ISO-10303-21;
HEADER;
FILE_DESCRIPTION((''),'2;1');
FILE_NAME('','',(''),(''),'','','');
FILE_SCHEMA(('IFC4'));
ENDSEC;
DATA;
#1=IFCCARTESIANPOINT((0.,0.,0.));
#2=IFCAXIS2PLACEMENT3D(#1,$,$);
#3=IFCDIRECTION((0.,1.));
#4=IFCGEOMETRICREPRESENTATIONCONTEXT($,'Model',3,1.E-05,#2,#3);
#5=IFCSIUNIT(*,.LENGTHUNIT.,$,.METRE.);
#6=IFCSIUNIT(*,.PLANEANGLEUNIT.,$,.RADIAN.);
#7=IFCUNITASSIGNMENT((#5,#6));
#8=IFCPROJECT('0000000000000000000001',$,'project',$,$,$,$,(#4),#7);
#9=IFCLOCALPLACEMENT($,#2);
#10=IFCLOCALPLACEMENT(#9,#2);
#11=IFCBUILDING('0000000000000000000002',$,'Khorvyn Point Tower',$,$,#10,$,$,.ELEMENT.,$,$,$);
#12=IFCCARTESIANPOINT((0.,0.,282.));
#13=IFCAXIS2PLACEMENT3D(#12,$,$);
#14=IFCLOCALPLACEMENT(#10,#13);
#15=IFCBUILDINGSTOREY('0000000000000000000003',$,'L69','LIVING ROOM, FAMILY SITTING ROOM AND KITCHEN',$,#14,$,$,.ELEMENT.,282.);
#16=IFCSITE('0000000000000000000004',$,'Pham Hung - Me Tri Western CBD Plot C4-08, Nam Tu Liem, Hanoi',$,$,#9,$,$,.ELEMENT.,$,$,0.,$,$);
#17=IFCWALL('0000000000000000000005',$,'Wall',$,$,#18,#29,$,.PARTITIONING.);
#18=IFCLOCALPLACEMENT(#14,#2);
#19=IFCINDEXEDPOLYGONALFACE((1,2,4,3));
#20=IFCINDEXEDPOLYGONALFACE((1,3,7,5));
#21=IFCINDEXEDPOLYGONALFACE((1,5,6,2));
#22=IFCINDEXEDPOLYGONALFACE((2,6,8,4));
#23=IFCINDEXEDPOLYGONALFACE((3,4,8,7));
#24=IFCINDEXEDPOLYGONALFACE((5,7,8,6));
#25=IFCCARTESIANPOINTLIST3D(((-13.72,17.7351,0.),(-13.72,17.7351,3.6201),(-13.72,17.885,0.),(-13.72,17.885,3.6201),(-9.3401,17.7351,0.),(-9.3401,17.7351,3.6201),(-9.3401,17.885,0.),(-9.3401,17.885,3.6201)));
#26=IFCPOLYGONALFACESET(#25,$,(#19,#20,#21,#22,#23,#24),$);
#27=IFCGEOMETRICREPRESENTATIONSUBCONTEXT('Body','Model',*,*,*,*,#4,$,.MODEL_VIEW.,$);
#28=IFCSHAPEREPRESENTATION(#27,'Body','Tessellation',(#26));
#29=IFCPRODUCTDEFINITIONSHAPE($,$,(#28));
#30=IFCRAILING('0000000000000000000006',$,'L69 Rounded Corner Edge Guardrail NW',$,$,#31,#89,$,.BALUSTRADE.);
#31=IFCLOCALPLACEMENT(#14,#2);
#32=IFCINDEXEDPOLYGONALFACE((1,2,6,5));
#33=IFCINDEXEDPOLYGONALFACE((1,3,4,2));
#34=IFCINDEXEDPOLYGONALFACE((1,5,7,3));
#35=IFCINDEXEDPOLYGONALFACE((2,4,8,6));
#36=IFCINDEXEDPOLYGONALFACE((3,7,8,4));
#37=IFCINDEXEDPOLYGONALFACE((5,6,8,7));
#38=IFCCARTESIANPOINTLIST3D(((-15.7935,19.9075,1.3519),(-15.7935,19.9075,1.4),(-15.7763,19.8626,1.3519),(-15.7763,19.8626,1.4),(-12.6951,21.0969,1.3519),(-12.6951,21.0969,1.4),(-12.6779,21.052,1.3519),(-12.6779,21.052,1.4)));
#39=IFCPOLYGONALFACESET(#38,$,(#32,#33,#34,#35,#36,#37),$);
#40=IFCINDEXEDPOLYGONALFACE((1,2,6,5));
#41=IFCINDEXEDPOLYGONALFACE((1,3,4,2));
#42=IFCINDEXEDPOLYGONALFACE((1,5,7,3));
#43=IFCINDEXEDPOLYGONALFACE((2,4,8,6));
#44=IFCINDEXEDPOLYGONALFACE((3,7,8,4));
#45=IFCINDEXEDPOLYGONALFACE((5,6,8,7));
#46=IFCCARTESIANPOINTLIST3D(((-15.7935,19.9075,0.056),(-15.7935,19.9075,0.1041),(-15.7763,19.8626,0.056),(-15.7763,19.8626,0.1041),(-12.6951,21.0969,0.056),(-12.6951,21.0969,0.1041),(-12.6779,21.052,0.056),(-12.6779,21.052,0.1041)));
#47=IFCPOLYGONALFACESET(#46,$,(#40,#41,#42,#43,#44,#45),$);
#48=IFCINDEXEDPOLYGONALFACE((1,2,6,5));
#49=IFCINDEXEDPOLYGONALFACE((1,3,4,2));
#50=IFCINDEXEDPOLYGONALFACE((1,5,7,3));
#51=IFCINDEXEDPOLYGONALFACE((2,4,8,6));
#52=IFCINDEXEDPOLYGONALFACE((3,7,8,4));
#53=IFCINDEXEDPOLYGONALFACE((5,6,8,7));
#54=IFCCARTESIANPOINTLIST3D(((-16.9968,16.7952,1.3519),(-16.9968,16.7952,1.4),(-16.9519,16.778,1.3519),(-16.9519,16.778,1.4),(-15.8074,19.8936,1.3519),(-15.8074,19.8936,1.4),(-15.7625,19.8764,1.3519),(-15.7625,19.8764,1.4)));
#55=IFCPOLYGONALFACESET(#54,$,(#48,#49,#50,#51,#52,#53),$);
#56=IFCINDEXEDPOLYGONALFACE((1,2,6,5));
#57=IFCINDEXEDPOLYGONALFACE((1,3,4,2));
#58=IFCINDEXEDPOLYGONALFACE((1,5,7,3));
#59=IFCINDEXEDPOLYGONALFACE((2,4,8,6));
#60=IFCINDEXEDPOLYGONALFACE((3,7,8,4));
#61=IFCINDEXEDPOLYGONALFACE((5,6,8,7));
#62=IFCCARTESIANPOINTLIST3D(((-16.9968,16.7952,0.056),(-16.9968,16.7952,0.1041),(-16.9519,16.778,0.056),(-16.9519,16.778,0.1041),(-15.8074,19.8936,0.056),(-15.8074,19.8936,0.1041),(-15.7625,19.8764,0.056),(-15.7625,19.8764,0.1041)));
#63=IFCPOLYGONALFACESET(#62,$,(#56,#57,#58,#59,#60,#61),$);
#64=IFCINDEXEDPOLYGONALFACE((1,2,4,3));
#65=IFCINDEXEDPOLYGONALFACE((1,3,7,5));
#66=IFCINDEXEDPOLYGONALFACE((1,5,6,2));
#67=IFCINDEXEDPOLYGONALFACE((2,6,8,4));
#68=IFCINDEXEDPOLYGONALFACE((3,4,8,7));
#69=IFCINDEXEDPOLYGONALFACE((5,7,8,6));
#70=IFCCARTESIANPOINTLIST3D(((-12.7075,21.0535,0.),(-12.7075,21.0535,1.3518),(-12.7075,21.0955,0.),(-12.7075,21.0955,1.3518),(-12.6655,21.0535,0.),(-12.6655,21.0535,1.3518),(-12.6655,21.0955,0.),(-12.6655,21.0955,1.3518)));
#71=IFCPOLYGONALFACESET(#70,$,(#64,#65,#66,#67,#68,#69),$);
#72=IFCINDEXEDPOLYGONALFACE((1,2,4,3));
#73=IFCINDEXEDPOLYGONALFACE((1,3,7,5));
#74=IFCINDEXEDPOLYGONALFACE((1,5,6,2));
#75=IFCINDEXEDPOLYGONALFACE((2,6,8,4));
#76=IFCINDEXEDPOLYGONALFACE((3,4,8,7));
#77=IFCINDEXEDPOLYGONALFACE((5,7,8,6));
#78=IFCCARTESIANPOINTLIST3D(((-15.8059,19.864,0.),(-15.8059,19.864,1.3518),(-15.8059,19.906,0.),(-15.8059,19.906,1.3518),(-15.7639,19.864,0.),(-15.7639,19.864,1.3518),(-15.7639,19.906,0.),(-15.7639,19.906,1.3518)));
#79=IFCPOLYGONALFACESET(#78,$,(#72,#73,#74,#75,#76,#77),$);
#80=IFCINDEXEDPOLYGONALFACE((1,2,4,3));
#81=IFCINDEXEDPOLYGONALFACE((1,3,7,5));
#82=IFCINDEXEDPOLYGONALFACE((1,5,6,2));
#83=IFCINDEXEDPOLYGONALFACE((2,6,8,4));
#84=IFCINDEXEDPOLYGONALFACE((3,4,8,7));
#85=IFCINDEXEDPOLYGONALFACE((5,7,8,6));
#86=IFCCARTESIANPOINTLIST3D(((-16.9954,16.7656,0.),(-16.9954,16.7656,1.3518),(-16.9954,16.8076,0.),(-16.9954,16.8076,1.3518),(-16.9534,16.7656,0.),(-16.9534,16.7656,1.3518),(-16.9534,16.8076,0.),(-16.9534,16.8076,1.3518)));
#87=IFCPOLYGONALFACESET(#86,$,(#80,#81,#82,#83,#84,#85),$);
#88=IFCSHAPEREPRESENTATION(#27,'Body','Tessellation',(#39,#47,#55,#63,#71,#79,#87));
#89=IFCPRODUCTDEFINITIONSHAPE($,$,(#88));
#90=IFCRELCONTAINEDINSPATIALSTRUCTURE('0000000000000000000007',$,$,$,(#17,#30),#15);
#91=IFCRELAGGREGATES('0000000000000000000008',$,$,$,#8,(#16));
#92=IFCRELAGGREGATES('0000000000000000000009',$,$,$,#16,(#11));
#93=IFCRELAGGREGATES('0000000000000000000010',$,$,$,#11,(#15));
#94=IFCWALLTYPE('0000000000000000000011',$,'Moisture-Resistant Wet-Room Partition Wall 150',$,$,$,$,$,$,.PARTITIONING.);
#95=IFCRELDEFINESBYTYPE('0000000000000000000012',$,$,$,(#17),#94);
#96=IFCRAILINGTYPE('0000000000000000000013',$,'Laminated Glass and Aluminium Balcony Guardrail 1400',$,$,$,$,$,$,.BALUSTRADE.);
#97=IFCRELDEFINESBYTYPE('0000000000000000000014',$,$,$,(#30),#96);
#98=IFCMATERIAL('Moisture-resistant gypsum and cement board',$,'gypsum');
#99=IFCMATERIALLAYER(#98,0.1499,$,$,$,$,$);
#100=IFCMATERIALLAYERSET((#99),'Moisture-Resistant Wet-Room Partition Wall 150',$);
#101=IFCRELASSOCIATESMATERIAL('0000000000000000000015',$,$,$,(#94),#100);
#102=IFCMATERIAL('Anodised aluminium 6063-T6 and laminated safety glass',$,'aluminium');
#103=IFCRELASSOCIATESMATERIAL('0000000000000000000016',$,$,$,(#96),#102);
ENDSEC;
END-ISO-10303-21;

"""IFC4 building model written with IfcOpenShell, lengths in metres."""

from ifc_helpers import new_model, si_unit, direction, frame, frame_2d, origin, origin_2d, place, context, subcontext, project, spatial, rectangle, extrude, material, layer, layer_set, type_object, element, save


model = new_model("IFC4")

# Units and contexts
model_context = context("Model", 3, precision=1e-05, world=origin(), true_north=direction((0.0, 1.0)))
body_context = subcontext(model_context, "Body", "Model", "MODEL_VIEW")
ifc_project = project(units=[si_unit("LENGTHUNIT", "METRE"), si_unit("PLANEANGLEUNIT", "RADIAN")], contexts=[model_context])

# Site, building, storey
site_placement = place(None, origin())
site = spatial("IfcSite", under=ifc_project, at=site_placement, Name="Pham Hung - Me Tri Western CBD Plot C4-08, Nam Tu Liem, Hanoi", CompositionType="ELEMENT", RefElevation=0.0)
building_placement = place(site_placement, origin())
building = spatial("IfcBuilding", under=site, at=building_placement, Name="Khorvyn Point Tower", CompositionType="ELEMENT")
storey_placement = place(building_placement, frame((0.0, 0.0, 282.0)))
storey = spatial("IfcBuildingStorey", under=building, at=storey_placement, Name="L69", Description="LIVING ROOM, FAMILY SITTING ROOM AND KITCHEN", CompositionType="ELEMENT", Elevation=282.0)

# Shared definitions
ifc_material_1 = material(Name="Moisture-resistant gypsum and cement board", Category="gypsum")
ifc_layer_1 = layer(ifc_material_1, 0.1499)
ifc_layer_set_1 = layer_set([ifc_layer_1], Name="Moisture-Resistant Wet-Room Partition Wall 150")
wall_type_1 = type_object("IfcWallType", Name="Moisture-Resistant Wet-Room Partition Wall 150", PredefinedType="PARTITIONING", material=ifc_layer_set_1)

# Wall
wall_1_placement = place(storey_placement, frame((-13.72, 17.8101, 0.0), z_axis=(0.0, 0.0, 1.0), x_axis=(1.0, 0.0, 0.0)))
element("IfcWall", 1, at=wall_1_placement, inside=storey, type_object=wall_type_1, Name="Wall", PredefinedType="PARTITIONING", context=body_context, shape_type="SweptSolid", body=[
    extrude(rectangle(XDim=4.3799, YDim=0.1499, at=frame_2d((2.1899, 0.0))), origin(), (0.0, 0.0, 1.0), 3.6201),
])

# Railing
ifc_material_2 = material(Name="Anodised aluminium 6063-T6 and laminated safety glass", Category="aluminium")
railing_type = type_object("IfcRailingType", Name="Laminated Glass and Aluminium Balcony Guardrail 1400", PredefinedType="BALUSTRADE", material=ifc_material_2)
railing_placement = place(storey_placement, frame((-12.6865, 21.0745, 0.0)))
element("IfcRailing", 2, at=railing_placement, inside=storey, type_object=railing_type, Name="L69 Rounded Corner Edge Guardrail NW", PredefinedType="BALUSTRADE", context=body_context, shape_type="SweptSolid", body=[
    extrude(rectangle(XDim=0.0481, YDim=0.0481, at=origin_2d()), frame((0.0, 0.0, 1.376), z_axis=(-0.933571, -0.358392, 0.0), x_axis=(0.358392, -0.933571, 0.0)), (0.0, 0.0, 1.0), 3.3188),
    extrude(rectangle(XDim=0.0481, YDim=0.0481, at=origin_2d()), frame((0.0, 0.0, 0.0801), z_axis=(-0.933571, -0.358392, 0.0), x_axis=(0.358392, -0.933571, 0.0)), (0.0, 0.0, 1.0), 3.3188),
    extrude(rectangle(XDim=0.0481, YDim=0.0481, at=origin_2d()), frame((-3.0984, -1.1895, 1.376), z_axis=(-0.358392, -0.933571, 0.0), x_axis=(0.933571, -0.358392, 0.0)), (0.0, 0.0, 1.0), 3.3188),
    extrude(rectangle(XDim=0.0481, YDim=0.0481, at=origin_2d()), frame((-3.0984, -1.1895, 0.0801), z_axis=(-0.358392, -0.933571, 0.0), x_axis=(0.933571, -0.358392, 0.0)), (0.0, 0.0, 1.0), 3.3188),
    extrude(rectangle(XDim=0.042, YDim=0.042, at=origin_2d()), origin(), (0.0, 0.0, 1.0), 1.3518),
    extrude(rectangle(XDim=0.042, YDim=0.042, at=origin_2d()), frame((-3.0984, -1.1895, 0.0)), (0.0, 0.0, 1.0), 1.3518),
    extrude(rectangle(XDim=0.042, YDim=0.042, at=origin_2d()), frame((-4.2878, -4.2878, 0.0)), (0.0, 0.0, 1.0), 1.3518),
])

save(model, "model.ifc")
